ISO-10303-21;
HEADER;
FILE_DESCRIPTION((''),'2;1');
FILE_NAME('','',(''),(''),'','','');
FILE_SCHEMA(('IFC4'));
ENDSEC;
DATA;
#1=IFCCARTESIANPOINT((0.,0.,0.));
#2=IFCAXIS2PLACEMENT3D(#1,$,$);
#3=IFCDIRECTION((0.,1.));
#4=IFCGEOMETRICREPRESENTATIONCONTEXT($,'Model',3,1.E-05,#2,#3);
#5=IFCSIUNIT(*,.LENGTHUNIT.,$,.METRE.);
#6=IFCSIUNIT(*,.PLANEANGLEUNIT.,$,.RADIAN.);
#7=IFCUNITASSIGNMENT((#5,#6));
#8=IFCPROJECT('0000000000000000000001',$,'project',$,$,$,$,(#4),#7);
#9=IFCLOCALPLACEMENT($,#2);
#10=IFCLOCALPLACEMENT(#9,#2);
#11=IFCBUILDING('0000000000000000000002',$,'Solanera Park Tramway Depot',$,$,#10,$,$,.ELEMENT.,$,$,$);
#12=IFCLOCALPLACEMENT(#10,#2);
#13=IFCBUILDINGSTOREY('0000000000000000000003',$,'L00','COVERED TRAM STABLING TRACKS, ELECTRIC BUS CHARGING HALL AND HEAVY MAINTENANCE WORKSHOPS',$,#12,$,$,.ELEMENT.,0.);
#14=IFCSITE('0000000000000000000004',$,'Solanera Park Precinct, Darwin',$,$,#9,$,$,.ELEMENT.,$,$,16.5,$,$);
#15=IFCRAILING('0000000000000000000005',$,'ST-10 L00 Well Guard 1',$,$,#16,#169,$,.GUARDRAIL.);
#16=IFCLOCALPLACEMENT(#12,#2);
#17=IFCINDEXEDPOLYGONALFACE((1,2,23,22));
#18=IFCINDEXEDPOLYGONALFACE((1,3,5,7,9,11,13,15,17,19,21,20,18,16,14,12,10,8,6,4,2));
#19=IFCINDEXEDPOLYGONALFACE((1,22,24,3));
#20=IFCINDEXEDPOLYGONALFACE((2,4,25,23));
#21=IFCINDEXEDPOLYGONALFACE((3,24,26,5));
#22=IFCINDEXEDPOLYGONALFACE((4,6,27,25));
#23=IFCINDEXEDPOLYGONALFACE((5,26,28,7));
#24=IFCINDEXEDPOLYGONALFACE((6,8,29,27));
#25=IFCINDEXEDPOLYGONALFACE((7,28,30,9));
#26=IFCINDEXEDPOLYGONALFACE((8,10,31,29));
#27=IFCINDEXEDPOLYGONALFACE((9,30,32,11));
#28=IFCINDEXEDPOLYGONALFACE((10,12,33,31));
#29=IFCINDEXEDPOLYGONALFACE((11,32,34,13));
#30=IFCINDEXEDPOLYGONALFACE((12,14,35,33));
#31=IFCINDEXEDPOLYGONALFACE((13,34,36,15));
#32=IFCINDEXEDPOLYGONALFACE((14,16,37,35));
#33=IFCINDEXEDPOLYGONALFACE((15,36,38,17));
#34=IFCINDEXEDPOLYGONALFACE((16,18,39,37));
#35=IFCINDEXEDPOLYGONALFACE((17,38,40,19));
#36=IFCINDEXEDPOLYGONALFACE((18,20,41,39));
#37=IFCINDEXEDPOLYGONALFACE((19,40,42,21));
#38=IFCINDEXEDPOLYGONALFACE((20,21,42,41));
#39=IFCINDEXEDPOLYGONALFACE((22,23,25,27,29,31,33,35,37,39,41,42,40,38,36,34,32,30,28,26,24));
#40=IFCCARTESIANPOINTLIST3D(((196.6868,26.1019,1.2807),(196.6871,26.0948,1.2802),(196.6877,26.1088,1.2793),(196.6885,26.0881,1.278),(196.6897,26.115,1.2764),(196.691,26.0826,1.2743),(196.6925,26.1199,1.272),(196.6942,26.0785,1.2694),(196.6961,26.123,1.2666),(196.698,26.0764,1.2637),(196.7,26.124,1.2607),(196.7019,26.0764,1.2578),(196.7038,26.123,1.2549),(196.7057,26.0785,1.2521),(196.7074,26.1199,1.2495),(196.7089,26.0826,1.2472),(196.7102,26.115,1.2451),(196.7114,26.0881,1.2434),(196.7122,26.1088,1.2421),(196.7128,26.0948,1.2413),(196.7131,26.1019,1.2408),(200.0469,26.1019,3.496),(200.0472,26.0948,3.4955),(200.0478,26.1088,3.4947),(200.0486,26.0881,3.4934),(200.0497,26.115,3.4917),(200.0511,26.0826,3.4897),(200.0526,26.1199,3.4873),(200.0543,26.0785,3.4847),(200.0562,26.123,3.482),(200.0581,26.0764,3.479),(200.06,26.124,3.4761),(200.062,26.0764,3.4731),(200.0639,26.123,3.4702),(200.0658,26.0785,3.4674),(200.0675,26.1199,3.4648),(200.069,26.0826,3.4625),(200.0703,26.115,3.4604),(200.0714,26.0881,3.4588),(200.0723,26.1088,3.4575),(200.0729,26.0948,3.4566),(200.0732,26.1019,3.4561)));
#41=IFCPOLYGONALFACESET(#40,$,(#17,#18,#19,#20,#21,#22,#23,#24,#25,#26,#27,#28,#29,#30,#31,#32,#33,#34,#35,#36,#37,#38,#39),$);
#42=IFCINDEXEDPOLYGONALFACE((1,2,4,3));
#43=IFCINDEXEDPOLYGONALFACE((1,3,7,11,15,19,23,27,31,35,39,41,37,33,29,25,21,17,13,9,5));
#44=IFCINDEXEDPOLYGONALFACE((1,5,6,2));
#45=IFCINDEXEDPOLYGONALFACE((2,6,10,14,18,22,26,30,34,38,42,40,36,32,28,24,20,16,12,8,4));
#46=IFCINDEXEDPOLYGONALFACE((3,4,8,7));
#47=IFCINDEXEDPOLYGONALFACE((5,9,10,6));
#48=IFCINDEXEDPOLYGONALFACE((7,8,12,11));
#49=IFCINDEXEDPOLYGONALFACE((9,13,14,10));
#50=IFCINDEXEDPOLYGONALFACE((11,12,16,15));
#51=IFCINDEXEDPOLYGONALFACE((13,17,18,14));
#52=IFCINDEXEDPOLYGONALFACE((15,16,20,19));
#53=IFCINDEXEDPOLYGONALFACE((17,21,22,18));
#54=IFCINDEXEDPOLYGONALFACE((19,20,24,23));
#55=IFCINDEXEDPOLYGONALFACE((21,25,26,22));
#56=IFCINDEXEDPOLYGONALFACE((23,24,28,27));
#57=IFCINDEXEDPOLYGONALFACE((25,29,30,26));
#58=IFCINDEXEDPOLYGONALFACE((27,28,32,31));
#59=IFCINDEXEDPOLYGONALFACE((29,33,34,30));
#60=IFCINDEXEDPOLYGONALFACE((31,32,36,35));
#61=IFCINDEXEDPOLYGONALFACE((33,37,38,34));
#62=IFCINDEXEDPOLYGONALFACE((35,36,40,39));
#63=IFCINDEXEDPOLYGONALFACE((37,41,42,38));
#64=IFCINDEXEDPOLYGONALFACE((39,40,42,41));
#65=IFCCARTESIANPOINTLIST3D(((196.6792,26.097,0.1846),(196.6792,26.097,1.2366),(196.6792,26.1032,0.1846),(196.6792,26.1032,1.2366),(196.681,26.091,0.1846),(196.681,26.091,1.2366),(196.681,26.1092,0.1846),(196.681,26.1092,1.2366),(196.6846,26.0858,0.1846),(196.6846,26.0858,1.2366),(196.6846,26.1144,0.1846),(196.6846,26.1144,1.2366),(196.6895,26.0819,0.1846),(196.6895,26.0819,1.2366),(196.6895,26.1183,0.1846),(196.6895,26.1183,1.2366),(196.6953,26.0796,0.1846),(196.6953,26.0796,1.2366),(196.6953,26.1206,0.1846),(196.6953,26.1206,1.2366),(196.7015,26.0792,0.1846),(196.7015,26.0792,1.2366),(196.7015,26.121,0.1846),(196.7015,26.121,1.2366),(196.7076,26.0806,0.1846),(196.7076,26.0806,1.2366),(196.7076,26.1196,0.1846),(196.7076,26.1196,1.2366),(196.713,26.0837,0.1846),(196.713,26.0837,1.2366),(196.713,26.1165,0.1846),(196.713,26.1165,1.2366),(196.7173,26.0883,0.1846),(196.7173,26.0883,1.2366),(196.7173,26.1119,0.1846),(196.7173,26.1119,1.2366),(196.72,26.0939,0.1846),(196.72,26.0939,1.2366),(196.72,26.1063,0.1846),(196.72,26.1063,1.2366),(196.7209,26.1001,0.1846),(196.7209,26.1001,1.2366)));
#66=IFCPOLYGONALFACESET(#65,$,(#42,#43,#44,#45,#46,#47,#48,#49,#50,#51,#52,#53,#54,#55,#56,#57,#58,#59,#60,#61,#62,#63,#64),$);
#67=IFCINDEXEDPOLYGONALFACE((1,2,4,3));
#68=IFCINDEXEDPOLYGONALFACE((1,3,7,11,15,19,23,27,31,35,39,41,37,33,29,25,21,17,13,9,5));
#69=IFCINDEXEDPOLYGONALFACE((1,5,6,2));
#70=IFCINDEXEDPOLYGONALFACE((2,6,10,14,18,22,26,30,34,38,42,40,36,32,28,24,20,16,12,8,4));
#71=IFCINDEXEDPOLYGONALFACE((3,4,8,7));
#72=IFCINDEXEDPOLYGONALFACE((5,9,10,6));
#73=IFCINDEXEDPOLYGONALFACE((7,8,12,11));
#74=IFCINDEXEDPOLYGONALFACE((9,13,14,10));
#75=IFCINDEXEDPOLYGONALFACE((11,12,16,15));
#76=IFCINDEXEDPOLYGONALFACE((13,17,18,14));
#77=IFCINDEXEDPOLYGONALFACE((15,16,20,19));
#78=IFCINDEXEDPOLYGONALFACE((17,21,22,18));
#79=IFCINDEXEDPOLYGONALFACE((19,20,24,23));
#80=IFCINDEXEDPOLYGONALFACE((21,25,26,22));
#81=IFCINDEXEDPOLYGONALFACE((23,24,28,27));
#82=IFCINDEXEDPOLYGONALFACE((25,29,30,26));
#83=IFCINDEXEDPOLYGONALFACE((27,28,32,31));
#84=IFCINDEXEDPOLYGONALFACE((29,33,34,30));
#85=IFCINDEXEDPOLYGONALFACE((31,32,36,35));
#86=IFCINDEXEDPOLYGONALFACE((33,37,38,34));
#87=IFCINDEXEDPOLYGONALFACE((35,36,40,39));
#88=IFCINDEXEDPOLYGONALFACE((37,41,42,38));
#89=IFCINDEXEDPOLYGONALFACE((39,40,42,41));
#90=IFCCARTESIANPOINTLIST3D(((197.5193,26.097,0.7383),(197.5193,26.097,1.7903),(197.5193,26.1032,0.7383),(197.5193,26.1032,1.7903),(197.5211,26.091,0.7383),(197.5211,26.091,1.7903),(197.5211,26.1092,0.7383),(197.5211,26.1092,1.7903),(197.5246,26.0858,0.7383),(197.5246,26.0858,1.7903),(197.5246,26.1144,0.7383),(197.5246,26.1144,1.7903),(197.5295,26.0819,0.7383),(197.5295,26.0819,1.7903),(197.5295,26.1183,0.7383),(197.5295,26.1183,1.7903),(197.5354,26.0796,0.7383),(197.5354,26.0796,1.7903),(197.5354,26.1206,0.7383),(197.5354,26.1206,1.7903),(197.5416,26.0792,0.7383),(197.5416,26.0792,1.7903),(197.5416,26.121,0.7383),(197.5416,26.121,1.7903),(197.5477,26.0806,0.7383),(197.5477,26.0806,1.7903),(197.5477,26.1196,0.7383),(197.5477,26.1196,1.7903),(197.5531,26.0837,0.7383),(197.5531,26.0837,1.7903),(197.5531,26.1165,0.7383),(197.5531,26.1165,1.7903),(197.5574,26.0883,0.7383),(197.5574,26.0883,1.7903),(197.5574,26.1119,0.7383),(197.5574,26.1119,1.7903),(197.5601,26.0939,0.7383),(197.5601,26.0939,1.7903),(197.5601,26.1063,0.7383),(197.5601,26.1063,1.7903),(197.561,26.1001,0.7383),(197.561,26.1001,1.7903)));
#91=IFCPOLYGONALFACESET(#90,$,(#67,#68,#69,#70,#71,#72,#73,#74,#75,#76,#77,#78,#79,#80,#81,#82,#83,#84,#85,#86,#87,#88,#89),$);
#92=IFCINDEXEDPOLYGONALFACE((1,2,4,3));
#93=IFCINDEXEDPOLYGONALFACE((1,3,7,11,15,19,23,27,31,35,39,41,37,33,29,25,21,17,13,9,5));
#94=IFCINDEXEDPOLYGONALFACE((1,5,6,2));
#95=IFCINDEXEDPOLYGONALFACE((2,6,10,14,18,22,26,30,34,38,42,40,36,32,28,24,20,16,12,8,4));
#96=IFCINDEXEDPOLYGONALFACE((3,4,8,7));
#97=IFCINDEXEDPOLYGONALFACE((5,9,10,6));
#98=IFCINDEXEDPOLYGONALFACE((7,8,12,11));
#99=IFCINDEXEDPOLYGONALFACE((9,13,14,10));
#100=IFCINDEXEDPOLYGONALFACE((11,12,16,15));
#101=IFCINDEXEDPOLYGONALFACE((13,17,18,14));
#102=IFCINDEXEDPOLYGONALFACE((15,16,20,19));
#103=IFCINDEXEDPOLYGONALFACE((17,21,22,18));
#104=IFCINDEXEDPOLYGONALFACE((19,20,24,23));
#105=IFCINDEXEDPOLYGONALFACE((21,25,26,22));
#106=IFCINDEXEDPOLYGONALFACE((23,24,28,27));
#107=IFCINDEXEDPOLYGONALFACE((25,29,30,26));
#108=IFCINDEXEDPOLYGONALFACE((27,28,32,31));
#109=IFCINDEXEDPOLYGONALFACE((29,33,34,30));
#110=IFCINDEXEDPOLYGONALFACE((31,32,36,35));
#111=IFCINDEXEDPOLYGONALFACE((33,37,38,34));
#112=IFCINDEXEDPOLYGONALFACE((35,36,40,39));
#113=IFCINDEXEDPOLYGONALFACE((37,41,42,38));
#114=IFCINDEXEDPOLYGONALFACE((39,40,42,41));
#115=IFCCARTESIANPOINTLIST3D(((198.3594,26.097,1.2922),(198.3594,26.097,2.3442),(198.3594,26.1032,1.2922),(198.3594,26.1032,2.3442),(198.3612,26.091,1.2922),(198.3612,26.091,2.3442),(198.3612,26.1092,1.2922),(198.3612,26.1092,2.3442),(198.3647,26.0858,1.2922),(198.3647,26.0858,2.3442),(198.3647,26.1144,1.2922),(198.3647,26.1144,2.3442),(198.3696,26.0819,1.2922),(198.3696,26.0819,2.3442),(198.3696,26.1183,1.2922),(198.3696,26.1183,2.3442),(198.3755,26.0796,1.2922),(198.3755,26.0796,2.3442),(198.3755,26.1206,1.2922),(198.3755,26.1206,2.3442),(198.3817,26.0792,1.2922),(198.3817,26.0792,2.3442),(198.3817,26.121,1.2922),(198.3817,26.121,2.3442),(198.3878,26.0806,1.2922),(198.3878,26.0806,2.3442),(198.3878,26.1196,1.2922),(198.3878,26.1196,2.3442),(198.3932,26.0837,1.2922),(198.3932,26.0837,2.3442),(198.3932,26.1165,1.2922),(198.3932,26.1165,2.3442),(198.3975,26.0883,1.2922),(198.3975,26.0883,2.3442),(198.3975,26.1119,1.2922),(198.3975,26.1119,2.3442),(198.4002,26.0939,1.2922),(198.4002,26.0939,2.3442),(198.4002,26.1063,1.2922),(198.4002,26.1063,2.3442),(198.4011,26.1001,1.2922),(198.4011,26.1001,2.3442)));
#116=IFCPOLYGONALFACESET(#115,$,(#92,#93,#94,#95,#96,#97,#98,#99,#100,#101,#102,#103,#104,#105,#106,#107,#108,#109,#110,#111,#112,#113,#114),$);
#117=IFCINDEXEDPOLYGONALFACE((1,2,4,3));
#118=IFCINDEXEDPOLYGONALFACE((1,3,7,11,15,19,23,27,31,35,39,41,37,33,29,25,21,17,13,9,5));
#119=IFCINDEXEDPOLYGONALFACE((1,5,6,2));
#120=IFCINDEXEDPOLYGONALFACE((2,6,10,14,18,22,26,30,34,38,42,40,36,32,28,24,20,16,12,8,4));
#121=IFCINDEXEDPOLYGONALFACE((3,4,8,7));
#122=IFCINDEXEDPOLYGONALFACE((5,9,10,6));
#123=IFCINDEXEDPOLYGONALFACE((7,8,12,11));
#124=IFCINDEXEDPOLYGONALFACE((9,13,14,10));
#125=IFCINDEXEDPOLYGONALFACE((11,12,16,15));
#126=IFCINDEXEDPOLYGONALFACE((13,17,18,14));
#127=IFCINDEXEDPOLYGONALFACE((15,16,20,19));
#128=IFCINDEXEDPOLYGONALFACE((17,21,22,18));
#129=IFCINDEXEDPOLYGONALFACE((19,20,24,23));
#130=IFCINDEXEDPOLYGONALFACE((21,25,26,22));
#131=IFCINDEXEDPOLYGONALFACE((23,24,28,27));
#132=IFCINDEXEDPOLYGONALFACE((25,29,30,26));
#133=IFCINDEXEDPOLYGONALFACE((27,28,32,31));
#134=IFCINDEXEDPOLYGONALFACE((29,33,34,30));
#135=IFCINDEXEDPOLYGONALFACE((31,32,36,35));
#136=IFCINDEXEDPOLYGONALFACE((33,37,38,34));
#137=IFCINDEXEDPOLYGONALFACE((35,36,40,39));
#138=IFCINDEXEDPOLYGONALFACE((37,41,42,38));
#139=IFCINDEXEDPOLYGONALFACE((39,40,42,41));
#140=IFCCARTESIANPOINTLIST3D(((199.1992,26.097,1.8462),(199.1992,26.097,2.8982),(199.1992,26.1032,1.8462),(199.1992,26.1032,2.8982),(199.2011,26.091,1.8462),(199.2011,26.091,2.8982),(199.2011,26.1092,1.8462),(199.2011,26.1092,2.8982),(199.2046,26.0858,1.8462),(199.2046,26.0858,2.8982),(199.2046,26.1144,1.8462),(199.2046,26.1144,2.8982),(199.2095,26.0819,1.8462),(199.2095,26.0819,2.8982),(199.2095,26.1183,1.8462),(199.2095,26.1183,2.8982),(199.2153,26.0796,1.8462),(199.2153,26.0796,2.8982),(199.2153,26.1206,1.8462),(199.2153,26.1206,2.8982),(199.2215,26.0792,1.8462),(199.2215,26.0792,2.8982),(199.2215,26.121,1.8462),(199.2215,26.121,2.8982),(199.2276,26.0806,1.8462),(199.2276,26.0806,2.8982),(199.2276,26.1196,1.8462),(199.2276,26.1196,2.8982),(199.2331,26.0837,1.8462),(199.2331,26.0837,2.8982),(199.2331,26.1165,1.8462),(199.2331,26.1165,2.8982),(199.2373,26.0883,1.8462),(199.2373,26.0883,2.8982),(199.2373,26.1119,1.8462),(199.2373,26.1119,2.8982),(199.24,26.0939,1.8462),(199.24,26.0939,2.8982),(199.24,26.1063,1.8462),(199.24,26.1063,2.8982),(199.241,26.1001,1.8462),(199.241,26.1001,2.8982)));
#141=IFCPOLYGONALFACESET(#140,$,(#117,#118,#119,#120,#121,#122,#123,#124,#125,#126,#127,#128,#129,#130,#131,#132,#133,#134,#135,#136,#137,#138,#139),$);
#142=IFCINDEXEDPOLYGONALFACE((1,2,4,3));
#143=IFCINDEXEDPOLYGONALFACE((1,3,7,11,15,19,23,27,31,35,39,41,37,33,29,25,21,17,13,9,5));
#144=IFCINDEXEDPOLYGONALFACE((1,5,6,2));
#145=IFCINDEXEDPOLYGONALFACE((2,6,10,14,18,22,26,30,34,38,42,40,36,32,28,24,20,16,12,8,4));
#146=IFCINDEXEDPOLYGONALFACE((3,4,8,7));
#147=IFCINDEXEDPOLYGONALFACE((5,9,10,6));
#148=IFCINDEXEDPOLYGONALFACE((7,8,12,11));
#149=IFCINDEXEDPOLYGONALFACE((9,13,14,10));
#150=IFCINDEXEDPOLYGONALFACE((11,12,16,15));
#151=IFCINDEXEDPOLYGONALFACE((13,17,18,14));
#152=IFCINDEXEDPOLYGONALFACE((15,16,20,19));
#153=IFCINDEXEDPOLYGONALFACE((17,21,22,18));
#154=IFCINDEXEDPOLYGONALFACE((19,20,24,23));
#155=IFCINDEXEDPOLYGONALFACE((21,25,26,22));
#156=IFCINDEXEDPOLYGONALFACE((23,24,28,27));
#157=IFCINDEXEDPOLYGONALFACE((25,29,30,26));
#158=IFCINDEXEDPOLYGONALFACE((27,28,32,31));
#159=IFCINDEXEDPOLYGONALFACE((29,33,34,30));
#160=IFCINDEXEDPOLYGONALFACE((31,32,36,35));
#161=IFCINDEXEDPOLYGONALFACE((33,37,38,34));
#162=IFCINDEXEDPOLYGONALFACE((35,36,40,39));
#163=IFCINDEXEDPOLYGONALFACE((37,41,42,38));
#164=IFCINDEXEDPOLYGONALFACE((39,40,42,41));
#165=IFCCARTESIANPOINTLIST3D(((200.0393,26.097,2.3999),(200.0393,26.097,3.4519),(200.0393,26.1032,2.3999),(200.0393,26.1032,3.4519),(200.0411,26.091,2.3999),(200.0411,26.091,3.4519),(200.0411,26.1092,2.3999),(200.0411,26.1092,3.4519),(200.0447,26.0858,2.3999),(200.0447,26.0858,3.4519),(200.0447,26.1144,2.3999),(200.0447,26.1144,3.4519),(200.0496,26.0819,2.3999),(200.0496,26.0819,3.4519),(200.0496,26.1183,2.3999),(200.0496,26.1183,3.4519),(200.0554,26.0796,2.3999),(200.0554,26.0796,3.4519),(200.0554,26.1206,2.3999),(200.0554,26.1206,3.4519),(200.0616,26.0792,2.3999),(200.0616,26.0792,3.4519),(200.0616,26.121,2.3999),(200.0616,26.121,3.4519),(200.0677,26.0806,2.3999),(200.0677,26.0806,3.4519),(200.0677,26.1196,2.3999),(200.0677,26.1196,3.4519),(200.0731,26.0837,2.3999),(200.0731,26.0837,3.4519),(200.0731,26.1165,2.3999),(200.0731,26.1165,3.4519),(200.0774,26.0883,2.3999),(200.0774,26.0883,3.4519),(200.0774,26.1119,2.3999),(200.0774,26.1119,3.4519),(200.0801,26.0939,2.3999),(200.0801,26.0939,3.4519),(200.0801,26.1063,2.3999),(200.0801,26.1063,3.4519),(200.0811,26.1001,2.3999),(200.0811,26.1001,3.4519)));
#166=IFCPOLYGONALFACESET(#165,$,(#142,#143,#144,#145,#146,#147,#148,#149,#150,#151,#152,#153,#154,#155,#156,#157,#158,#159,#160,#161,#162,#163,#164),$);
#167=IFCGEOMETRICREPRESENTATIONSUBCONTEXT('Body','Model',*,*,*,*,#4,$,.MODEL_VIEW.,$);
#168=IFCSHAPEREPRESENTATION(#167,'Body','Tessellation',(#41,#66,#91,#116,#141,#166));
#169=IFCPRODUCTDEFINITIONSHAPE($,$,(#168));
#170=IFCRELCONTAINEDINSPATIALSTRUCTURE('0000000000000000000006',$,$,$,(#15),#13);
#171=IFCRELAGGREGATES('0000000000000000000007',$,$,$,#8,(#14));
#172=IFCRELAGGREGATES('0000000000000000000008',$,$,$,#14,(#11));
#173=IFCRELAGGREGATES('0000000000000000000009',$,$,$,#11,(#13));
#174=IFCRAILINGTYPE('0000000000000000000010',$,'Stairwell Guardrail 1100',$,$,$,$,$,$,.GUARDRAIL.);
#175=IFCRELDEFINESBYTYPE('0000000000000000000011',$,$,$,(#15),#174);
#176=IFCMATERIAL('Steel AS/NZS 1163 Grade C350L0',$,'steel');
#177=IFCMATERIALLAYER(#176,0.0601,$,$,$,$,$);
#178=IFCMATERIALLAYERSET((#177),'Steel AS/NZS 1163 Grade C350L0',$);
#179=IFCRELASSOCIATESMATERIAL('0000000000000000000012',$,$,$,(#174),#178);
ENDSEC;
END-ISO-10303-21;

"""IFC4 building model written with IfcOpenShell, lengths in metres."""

from ifc_helpers import new_model, si_unit, direction, frame, origin, origin_2d, place, context, subcontext, project, spatial, circle, extrude, material, layer, layer_set, type_object, element, save


model = new_model("IFC4")

# Units and contexts
model_context = context("Model", 3, precision=1e-05, world=origin(), true_north=direction((0.0, 1.0)))
body_context = subcontext(model_context, "Body", "Model", "MODEL_VIEW")
ifc_project = project(units=[si_unit("LENGTHUNIT", "METRE"), si_unit("PLANEANGLEUNIT", "RADIAN")], contexts=[model_context])

# Site, building, storey
site_placement = place(None, origin())
site = spatial("IfcSite", under=ifc_project, at=site_placement, Name="Solanera Park Precinct, Darwin", CompositionType="ELEMENT", RefElevation=16.5)
building_placement = place(site_placement, origin())
building = spatial("IfcBuilding", under=site, at=building_placement, Name="Solanera Park Tramway Depot", CompositionType="ELEMENT")
storey_placement = place(building_placement, origin())
storey = spatial("IfcBuildingStorey", under=building, at=storey_placement, Name="L00", Description="COVERED TRAM STABLING TRACKS, ELECTRIC BUS CHARGING HALL AND HEAVY MAINTENANCE WORKSHOPS", CompositionType="ELEMENT", Elevation=0.0)

# Railing
ifc_material_1 = material(Name="Steel AS/NZS 1163 Grade C350L0", Category="steel")
ifc_layer_1 = layer(ifc_material_1, 0.0601)
ifc_layer_set_1 = layer_set([ifc_layer_1], Name="Steel AS/NZS 1163 Grade C350L0")
railing_type_1 = type_object("IfcRailingType", Name="Stairwell Guardrail 1100", PredefinedType="GUARDRAIL", material=ifc_layer_set_1)
railing_1_placement = place(storey_placement, frame((196.7, 26.1001, 0.1846)))
element("IfcRailing", 1, at=railing_1_placement, inside=storey, type_object=railing_type_1, Name="ST-10 L00 Well Guard 1", PredefinedType="GUARDRAIL", context=body_context, shape_type="SweptSolid", body=[
    extrude(circle(Radius=0.0239, at=origin_2d()), frame((0.0, 0.0, 1.0762), z_axis=(0.834876, 0.0, 0.550437), x_axis=(0.0, 1.0, 0.0)), (0.0, 0.0, 1.0), 4.0247),
    extrude(circle(Radius=0.021, at=origin_2d()), origin(), (0.0, 0.0, 1.0), 1.052),
    extrude(circle(Radius=0.021, at=origin_2d()), frame((0.8401, 0.0, 0.5537)), (0.0, 0.0, 1.0), 1.052),
    extrude(circle(Radius=0.021, at=origin_2d()), frame((1.6802, 0.0, 1.1077)), (0.0, 0.0, 1.0), 1.052),
    extrude(circle(Radius=0.021, at=origin_2d()), frame((2.52, 0.0, 1.6616)), (0.0, 0.0, 1.0), 1.052),
    extrude(circle(Radius=0.021, at=origin_2d()), frame((3.3601, 0.0, 2.2153)), (0.0, 0.0, 1.0), 1.052),
])

save(model, "model.ifc")
